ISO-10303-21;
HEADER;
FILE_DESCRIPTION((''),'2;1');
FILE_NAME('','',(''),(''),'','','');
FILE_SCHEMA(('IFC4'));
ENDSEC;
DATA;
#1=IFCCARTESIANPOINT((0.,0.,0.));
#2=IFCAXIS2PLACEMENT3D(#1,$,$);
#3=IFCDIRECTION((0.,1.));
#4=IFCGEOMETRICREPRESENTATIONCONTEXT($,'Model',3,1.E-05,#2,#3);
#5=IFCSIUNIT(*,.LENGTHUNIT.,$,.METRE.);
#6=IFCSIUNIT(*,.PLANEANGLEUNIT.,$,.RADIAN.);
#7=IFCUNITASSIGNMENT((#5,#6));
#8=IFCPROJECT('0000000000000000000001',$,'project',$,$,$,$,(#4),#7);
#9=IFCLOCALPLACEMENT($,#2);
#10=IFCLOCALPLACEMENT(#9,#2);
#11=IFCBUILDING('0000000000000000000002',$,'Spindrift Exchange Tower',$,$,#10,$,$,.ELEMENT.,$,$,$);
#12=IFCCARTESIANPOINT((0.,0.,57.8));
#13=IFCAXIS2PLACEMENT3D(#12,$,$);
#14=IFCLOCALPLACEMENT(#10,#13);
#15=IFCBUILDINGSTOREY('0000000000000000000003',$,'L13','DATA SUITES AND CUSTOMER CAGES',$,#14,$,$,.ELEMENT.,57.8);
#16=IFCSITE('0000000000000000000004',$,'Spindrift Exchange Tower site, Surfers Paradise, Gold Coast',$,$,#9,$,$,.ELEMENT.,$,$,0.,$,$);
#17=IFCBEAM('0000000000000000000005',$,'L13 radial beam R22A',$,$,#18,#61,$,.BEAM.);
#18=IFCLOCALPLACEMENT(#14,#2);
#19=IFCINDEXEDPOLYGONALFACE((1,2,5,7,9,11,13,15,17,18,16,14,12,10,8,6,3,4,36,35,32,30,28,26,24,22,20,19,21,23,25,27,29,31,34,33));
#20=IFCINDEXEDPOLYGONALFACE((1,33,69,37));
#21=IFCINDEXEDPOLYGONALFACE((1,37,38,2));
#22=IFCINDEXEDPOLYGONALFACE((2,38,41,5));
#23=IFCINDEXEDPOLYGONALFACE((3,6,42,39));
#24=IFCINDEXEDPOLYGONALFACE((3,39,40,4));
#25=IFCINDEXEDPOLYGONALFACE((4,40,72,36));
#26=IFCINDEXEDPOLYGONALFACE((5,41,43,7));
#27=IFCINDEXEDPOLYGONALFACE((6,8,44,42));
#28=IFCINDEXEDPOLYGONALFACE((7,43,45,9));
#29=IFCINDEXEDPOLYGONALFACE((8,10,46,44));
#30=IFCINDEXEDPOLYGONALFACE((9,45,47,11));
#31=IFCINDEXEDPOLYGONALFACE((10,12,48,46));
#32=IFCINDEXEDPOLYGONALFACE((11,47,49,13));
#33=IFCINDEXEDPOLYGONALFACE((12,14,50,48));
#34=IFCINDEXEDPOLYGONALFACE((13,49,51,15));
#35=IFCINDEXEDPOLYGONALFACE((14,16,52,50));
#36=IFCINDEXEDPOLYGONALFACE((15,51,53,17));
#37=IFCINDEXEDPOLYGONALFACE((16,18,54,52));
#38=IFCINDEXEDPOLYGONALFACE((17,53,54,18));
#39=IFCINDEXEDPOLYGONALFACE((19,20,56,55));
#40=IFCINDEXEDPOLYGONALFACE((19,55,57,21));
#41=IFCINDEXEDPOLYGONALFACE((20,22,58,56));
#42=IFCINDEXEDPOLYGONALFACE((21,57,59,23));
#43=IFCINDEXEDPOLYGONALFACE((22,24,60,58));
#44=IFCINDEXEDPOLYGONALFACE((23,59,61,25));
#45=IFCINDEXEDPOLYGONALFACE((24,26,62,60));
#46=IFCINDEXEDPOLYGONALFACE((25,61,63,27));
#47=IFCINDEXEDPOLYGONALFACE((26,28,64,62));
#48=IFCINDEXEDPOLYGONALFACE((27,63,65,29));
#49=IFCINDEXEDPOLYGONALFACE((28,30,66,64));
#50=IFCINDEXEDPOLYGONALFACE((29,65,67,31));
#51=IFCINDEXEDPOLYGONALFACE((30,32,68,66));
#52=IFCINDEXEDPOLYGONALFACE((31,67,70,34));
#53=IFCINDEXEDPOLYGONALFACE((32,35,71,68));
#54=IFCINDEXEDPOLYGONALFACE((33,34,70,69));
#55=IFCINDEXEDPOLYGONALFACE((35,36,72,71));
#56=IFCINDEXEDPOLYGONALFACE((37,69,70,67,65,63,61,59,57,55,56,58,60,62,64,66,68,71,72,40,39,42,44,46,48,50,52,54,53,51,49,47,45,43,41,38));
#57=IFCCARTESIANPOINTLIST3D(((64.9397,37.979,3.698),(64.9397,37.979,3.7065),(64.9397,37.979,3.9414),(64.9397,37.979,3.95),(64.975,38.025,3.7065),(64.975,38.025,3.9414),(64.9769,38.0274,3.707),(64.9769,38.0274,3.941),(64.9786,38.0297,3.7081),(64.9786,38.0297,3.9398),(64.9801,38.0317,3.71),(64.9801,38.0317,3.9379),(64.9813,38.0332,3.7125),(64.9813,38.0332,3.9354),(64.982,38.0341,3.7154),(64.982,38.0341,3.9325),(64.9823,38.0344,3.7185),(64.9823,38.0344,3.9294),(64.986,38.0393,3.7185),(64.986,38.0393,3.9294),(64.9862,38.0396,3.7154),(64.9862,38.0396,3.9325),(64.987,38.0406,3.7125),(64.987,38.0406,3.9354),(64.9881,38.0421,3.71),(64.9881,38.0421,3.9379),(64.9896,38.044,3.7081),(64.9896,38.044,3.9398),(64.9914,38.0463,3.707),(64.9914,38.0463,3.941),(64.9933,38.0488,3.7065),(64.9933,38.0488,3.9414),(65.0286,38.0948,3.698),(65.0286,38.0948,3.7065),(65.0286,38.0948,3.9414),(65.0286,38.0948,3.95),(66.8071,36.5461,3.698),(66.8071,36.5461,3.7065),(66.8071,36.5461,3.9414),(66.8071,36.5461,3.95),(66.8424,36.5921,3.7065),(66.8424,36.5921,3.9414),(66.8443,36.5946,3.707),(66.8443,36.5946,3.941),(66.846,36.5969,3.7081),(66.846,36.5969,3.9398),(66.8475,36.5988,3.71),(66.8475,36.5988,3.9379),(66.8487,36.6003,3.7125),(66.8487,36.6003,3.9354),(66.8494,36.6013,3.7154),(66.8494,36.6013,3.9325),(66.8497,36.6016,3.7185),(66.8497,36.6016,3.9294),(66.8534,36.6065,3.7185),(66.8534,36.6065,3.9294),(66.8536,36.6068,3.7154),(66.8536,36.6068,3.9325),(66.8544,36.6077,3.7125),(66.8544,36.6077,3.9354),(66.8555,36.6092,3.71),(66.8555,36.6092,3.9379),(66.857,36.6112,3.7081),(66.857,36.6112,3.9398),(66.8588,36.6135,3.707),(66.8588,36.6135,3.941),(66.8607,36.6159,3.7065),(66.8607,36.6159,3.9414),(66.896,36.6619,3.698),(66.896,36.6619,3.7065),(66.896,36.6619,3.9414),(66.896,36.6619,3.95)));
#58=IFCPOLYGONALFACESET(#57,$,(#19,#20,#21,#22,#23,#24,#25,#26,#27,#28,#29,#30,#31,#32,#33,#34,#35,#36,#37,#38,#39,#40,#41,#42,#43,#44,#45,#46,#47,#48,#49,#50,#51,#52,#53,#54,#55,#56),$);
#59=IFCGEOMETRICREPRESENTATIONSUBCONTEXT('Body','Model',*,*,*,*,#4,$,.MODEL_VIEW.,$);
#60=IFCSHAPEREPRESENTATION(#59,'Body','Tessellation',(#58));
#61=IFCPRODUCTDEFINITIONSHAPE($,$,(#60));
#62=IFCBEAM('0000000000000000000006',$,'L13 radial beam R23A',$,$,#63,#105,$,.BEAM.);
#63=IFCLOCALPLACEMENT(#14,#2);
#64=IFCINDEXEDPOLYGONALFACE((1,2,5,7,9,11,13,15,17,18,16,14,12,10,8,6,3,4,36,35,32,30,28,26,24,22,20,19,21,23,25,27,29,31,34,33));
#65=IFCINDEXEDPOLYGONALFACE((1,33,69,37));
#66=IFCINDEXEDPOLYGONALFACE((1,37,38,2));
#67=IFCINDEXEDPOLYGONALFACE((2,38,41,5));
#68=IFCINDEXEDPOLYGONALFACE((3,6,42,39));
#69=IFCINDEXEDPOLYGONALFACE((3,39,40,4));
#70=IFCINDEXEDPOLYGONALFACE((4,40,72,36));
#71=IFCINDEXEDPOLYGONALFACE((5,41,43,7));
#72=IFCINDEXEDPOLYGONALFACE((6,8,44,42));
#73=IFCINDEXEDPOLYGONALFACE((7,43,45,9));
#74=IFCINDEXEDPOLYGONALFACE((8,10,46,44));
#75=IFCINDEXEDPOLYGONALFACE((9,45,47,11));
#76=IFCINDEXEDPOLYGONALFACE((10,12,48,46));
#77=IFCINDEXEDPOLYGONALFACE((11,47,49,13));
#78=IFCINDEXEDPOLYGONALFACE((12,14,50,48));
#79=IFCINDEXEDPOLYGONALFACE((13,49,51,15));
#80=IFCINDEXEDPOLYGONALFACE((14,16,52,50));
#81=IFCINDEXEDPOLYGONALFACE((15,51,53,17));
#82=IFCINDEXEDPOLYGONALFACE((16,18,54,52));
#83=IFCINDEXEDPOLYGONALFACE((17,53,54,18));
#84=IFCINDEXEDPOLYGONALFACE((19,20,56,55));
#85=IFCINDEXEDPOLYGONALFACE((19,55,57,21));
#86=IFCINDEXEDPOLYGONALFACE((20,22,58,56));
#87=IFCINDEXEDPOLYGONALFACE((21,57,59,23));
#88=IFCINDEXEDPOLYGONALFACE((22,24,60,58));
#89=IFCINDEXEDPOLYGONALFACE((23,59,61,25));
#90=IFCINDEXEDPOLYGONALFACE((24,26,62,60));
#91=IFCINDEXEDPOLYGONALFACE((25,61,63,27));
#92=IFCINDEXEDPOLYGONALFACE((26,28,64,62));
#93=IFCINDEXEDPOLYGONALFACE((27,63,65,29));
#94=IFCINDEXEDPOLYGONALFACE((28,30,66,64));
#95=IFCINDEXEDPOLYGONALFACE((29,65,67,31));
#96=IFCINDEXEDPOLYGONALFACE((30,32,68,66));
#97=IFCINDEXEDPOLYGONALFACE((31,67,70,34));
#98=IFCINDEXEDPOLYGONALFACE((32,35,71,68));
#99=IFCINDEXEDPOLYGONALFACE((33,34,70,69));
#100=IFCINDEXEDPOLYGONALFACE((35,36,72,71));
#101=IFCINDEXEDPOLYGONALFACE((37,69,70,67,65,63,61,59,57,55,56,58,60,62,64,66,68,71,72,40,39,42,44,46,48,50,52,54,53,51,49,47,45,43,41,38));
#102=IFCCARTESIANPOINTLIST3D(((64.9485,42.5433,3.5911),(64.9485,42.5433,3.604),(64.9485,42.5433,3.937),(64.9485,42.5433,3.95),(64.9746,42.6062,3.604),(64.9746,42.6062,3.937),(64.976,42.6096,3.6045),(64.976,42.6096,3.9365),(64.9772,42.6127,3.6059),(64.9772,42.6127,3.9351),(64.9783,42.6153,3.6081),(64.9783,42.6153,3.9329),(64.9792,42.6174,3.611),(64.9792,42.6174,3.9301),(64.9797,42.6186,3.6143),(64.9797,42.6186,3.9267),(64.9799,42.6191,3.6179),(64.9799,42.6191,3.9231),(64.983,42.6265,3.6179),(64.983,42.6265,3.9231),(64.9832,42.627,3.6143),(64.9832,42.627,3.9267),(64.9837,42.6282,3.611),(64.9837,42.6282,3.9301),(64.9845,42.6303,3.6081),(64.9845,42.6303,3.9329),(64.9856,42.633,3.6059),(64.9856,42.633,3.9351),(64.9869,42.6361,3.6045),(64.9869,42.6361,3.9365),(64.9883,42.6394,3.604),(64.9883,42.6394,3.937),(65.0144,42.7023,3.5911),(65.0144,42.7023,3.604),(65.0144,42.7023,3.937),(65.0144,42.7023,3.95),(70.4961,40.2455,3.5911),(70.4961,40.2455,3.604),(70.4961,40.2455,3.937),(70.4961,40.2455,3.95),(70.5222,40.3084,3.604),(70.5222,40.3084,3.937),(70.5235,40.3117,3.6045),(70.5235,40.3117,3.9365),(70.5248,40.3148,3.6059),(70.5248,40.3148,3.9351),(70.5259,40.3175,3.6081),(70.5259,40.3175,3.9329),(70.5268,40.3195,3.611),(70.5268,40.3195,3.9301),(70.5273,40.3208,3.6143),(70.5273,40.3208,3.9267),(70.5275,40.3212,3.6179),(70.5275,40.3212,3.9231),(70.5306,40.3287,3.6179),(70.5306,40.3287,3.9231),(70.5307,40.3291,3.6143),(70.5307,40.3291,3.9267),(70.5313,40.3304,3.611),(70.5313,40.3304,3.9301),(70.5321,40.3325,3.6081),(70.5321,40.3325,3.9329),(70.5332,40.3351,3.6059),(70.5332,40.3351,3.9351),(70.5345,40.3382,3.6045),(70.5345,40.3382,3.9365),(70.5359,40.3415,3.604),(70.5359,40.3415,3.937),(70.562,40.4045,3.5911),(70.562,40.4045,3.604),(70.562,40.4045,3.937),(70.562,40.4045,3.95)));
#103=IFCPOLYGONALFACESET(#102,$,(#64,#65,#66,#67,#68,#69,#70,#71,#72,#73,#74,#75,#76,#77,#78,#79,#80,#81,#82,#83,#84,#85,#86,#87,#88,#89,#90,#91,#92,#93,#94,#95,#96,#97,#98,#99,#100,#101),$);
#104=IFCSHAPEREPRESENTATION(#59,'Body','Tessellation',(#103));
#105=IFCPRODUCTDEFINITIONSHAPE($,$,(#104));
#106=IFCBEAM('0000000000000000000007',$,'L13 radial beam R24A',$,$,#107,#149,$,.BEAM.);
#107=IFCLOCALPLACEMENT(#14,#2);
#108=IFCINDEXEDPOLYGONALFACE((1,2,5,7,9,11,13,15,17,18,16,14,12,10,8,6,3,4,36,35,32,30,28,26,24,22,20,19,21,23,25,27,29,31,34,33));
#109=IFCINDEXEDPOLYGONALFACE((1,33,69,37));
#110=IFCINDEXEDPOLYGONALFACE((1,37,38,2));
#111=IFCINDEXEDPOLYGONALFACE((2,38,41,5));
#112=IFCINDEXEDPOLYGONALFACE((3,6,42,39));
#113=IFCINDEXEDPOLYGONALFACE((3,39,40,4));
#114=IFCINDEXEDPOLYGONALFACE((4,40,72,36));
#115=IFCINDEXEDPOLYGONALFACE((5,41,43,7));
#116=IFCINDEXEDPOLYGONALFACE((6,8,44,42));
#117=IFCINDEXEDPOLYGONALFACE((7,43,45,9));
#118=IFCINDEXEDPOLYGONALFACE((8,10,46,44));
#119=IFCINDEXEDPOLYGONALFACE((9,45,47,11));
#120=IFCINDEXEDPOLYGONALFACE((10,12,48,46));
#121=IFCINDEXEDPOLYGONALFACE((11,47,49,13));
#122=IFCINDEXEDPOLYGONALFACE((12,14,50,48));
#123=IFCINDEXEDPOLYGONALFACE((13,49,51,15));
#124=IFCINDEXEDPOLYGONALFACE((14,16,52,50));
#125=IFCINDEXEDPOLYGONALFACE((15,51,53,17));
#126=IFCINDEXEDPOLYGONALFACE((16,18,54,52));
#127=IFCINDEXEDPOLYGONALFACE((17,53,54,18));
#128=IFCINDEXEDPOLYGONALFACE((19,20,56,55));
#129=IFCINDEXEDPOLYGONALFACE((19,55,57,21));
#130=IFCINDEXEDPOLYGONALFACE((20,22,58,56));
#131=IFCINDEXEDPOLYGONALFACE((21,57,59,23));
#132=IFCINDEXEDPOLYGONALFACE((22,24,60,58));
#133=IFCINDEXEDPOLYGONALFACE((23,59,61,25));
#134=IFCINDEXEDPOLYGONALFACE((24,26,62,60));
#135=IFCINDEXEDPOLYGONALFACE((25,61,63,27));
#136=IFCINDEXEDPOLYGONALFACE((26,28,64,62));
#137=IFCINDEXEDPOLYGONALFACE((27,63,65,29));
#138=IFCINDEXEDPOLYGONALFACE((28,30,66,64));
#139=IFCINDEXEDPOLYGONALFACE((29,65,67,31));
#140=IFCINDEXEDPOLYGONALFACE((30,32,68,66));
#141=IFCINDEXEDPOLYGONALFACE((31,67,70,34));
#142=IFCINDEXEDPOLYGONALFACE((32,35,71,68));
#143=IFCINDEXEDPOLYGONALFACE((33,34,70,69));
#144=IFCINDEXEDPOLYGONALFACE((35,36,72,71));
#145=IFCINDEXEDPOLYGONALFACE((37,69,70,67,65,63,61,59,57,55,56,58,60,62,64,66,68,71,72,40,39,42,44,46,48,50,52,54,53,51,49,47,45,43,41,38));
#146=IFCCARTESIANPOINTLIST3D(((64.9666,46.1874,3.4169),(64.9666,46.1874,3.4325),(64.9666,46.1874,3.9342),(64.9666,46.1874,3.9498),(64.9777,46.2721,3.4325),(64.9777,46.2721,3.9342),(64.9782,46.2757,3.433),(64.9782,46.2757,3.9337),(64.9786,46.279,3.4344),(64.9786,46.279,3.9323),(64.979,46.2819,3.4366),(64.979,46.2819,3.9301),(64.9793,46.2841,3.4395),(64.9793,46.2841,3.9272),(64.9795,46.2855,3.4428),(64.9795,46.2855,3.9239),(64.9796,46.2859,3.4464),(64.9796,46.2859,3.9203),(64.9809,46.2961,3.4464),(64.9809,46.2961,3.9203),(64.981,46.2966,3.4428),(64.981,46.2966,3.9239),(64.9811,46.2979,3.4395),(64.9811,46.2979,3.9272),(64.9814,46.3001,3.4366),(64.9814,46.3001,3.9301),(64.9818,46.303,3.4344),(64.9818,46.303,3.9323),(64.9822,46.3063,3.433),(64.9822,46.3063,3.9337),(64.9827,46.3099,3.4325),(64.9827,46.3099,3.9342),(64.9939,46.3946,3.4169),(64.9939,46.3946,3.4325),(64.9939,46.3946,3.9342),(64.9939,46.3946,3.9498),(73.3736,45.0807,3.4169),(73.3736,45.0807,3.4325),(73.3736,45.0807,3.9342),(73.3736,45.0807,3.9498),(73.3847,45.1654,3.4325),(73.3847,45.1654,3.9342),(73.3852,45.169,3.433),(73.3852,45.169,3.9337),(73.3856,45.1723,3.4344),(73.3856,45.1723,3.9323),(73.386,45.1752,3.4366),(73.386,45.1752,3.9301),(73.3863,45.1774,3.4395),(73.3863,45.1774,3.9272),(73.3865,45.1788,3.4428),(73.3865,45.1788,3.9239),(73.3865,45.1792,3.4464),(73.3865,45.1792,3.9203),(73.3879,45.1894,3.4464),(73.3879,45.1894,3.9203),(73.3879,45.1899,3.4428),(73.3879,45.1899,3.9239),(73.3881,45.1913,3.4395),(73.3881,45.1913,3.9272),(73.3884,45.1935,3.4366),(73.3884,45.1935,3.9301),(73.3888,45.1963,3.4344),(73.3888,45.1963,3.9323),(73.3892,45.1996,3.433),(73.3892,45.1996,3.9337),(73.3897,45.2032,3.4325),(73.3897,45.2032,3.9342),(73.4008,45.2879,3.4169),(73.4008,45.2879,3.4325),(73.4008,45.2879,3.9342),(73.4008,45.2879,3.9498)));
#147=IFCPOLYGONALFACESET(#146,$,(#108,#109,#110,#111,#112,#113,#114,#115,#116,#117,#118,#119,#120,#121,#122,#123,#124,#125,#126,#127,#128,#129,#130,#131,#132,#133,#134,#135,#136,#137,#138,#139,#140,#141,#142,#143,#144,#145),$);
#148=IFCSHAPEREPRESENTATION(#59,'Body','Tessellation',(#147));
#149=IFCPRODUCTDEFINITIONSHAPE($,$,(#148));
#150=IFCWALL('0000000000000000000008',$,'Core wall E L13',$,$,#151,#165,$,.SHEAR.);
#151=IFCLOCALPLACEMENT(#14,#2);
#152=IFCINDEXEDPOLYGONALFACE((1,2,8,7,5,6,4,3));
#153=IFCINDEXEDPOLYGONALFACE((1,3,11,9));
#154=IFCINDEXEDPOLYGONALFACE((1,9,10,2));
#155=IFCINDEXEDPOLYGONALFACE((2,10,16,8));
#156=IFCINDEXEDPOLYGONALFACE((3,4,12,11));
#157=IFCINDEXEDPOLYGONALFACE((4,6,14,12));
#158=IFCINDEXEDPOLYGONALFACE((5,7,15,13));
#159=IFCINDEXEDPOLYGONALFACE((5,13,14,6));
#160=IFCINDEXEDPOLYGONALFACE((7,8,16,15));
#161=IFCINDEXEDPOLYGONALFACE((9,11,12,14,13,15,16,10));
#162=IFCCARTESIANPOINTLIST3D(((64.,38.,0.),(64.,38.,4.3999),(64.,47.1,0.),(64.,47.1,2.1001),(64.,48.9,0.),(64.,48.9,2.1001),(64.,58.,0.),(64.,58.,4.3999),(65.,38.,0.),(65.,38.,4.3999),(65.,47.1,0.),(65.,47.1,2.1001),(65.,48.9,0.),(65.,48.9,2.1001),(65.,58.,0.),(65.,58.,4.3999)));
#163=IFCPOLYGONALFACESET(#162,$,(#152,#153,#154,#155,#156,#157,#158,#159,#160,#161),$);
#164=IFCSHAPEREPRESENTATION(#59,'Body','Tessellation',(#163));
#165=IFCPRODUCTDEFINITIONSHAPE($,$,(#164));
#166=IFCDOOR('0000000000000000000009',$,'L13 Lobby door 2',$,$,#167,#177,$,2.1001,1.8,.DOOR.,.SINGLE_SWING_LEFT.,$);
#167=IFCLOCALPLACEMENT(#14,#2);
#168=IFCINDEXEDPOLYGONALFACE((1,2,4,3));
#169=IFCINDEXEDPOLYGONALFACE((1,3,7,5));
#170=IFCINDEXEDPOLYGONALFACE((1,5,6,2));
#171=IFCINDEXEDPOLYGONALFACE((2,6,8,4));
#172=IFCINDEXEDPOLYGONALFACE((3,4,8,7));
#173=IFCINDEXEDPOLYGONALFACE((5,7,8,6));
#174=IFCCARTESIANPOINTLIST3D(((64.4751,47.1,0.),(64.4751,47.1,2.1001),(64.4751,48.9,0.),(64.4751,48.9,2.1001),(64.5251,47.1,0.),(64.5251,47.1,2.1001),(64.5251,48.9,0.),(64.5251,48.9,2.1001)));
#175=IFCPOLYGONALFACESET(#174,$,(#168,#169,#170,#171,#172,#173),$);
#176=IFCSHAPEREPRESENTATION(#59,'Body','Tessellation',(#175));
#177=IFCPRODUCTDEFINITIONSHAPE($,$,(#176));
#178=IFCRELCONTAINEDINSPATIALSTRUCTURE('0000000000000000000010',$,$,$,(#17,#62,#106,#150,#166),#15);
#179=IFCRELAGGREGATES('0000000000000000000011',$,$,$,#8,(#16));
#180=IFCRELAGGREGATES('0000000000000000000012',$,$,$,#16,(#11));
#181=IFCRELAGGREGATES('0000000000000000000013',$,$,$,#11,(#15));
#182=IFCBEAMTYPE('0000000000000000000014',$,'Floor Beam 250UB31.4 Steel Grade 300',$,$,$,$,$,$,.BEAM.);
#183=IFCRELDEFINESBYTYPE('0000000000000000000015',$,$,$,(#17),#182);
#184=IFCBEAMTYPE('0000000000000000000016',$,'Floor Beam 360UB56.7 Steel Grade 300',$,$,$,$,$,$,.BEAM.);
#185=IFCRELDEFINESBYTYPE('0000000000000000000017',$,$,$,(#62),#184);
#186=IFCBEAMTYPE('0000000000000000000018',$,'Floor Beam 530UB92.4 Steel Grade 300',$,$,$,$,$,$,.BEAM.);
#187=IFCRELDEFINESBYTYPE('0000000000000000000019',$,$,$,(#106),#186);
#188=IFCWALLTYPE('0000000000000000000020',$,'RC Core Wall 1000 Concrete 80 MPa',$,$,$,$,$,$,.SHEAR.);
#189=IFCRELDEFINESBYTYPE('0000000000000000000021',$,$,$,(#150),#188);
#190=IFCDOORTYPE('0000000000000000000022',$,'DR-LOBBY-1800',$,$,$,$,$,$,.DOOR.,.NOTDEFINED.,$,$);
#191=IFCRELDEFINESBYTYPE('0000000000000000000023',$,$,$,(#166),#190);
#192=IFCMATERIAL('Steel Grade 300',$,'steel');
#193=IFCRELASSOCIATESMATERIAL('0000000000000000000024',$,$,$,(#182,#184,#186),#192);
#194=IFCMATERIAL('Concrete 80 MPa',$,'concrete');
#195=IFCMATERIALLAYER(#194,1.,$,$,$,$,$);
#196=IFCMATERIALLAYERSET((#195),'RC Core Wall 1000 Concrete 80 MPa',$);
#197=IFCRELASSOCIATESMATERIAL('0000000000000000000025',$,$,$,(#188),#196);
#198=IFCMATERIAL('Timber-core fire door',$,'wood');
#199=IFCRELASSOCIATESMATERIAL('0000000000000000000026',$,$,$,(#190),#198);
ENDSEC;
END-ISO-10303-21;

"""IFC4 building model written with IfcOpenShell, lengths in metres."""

from ifc_helpers import new_model, si_unit, direction, frame, frame_2d, origin, origin_2d, place, context, subcontext, project, spatial, rectangle, i_section, extrude, source, transform, mapped, material, layer, layer_set, material_profile, profile_set, type_object, element, fill, save


model = new_model("IFC4")

# Units and contexts
model_context = context("Model", 3, precision=1e-05, world=origin(), true_north=direction((0.0, 1.0)))
body_context = subcontext(model_context, "Body", "Model", "MODEL_VIEW")
ifc_project = project(units=[si_unit("LENGTHUNIT", "METRE"), si_unit("PLANEANGLEUNIT", "RADIAN")], contexts=[model_context])

# Site, building, storey
site_placement = place(None, origin())
site = spatial("IfcSite", under=ifc_project, at=site_placement, Name="Spindrift Exchange Tower site, Surfers Paradise, Gold Coast", CompositionType="ELEMENT", RefElevation=0.0)
building_placement = place(site_placement, origin())
building = spatial("IfcBuilding", under=site, at=building_placement, Name="Spindrift Exchange Tower", CompositionType="ELEMENT")
storey_placement = place(building_placement, frame((0.0, 0.0, 57.8)))
storey = spatial("IfcBuildingStorey", under=building, at=storey_placement, Name="L13", Description="DATA SUITES AND CUSTOMER CAGES", CompositionType="ELEMENT", Elevation=57.8)

# Beams
ifc_material_1 = material(Name="Steel Grade 300", Category="steel")
ifc_material_profile_1 = material_profile(ifc_material_1, i_section(OverallWidth=0.146, OverallDepth=0.252, WebThickness=0.0061, FlangeThickness=0.0085, FilletRadius=0.012, at=origin_2d()), Name="250UB31.4")
ifc_profile_set_1 = profile_set([ifc_material_profile_1], Name="Steel Grade 300")
beam_type_1 = type_object("IfcBeamType", Name="Floor Beam 250UB31.4 Steel Grade 300", PredefinedType="BEAM", material=ifc_profile_set_1)
shared_shape_1 = source(origin(), body_context, "Body", "SweptSolid", [
    extrude(i_section(OverallWidth=0.146, OverallDepth=0.252, WebThickness=0.0061, FlangeThickness=0.0085, FilletRadius=0.012, at=origin_2d()), origin(), (0.0, 0.0, 1.0), 2.3538),
])
beam_1_placement = place(storey_placement, frame((64.9841, 38.0369, 3.824), z_axis=(0.793368, -0.608743, 0.0), x_axis=(0.608743, 0.793368, 0.0)))
element("IfcBeam", 1, at=beam_1_placement, inside=storey, type_object=beam_type_1, Name="L13 radial beam R22A", PredefinedType="BEAM", context=body_context, shape_type="MappedRepresentation", body=[
    mapped(shared_shape_1, transform((0.0, 0.0, 0.0), scale=1.0)),
])
ifc_material_profile_2 = material_profile(ifc_material_1, i_section(OverallWidth=0.1721, OverallDepth=0.3589, WebThickness=0.0081, FlangeThickness=0.0129, FilletRadius=0.0139, at=origin_2d()), Name="360UB56.7")
ifc_profile_set_2 = profile_set([ifc_material_profile_2], Name="Steel Grade 300")
beam_type_2 = type_object("IfcBeamType", Name="Floor Beam 360UB56.7 Steel Grade 300", PredefinedType="BEAM", material=ifc_profile_set_2)
shared_shape_2 = source(origin(), body_context, "Body", "SweptSolid", [
    extrude(i_section(OverallWidth=0.1721, OverallDepth=0.3589, WebThickness=0.0081, FlangeThickness=0.0129, FilletRadius=0.0139, at=origin_2d()), origin(), (0.0, 0.0, 1.0), 6.0046),
])
beam_2_placement = place(storey_placement, frame((64.9814, 42.6228, 3.7705), z_axis=(0.923882, -0.382677, 0.0), x_axis=(0.382677, 0.923882, 0.0)))
element("IfcBeam", 2, at=beam_2_placement, inside=storey, type_object=beam_type_2, Name="L13 radial beam R23A", PredefinedType="BEAM", context=body_context, shape_type="MappedRepresentation", body=[
    mapped(shared_shape_2, transform((0.0, 0.0, 0.0), scale=1.0)),
])
ifc_material_profile_3 = material_profile(ifc_material_1, i_section(OverallWidth=0.209, OverallDepth=0.533, WebThickness=0.0103, FlangeThickness=0.0156, FilletRadius=0.0139, at=origin_2d()), Name="530UB92.4")
ifc_profile_set_3 = profile_set([ifc_material_profile_3], Name="Steel Grade 300")
beam_type_3 = type_object("IfcBeamType", Name="Floor Beam 530UB92.4 Steel Grade 300", PredefinedType="BEAM", material=ifc_profile_set_3)
shared_shape_3 = source(origin(), body_context, "Body", "SweptSolid", [
    extrude(i_section(OverallWidth=0.209, OverallDepth=0.533, WebThickness=0.0103, FlangeThickness=0.0156, FilletRadius=0.0139, at=origin_2d()), origin(), (0.0, 0.0, 1.0), 8.4795),
])
beam_3_placement = place(storey_placement, frame((64.9802, 46.291, 3.6833), z_axis=(0.991447, -0.130513, 0.0), x_axis=(0.130513, 0.991447, 0.0)))
element("IfcBeam", 3, at=beam_3_placement, inside=storey, type_object=beam_type_3, Name="L13 radial beam R24A", PredefinedType="BEAM", context=body_context, shape_type="MappedRepresentation", body=[
    mapped(shared_shape_3, transform((0.0, 0.0, 0.0), scale=1.0)),
])

# Wall, opening, door
ifc_material_2 = material(Name="Concrete 80 MPa", Category="concrete")
ifc_layer_1 = layer(ifc_material_2, 1.0)
ifc_layer_set_1 = layer_set([ifc_layer_1], Name="RC Core Wall 1000 Concrete 80 MPa")
wall_type_1 = type_object("IfcWallType", Name="RC Core Wall 1000 Concrete 80 MPa", PredefinedType="SHEAR", material=ifc_layer_set_1)
wall_1_placement = place(storey_placement, frame((64.5, 38.0, 0.0), z_axis=(0.0, 0.0, 1.0), x_axis=(0.0, 1.0, 0.0)))
wall_1 = element("IfcWall", 4, at=wall_1_placement, inside=storey, type_object=wall_type_1, Name="Core wall E L13", PredefinedType="SHEAR", context=body_context, shape_type="SweptSolid", body=[
    extrude(rectangle(XDim=20.0, YDim=1.0, at=frame_2d((10.0, 0.0))), origin(), (0.0, 0.0, 1.0), 4.3999),
])
opening_1_placement = place(wall_1_placement, frame((9.1001, 0.0, 0.0)))
opening_1 = element("IfcOpeningElement", 5, at=opening_1_placement, cuts=wall_1, PredefinedType="OPENING", context=body_context, shape_type="SweptSolid", body=[
    extrude(rectangle(XDim=1.8, YDim=2.1001, at=frame_2d((0.8999, 1.05))), frame((0.0, 0.51, 0.0), z_axis=(0.0, -1.0, 0.0), x_axis=(1.0, 0.0, 0.0)), (0.0, 0.0, 1.0), 1.02),
])
ifc_material_3 = material(Name="Timber-core fire door", Category="wood")
door_type_1 = type_object("IfcDoorType", Name="DR-LOBBY-1800", OperationType="NOTDEFINED", PredefinedType="DOOR", material=ifc_material_3)
shared_shape_4 = source(origin(), body_context, "Body", "SweptSolid", [
    extrude(rectangle(XDim=1.8, YDim=2.1001, at=frame_2d((0.8999, 1.05))), frame((0.0, 0.0249, 0.0), z_axis=(0.0, -1.0, 0.0), x_axis=(1.0, 0.0, 0.0)), (0.0, 0.0, 1.0), 0.05),
])
door_1_placement = place(opening_1_placement, origin())
door_1 = element("IfcDoor", 6, at=door_1_placement, inside=storey, type_object=door_type_1, Name="L13 Lobby door 2", OperationType="SINGLE_SWING_LEFT", OverallHeight=2.1001, OverallWidth=1.8, PredefinedType="DOOR", context=body_context, shape_type="MappedRepresentation", body=[
    mapped(shared_shape_4, transform((0.0, 0.0, 0.0), scale=1.0)),
])
fill(opening_1, door_1)

save(model, "model.ifc")
